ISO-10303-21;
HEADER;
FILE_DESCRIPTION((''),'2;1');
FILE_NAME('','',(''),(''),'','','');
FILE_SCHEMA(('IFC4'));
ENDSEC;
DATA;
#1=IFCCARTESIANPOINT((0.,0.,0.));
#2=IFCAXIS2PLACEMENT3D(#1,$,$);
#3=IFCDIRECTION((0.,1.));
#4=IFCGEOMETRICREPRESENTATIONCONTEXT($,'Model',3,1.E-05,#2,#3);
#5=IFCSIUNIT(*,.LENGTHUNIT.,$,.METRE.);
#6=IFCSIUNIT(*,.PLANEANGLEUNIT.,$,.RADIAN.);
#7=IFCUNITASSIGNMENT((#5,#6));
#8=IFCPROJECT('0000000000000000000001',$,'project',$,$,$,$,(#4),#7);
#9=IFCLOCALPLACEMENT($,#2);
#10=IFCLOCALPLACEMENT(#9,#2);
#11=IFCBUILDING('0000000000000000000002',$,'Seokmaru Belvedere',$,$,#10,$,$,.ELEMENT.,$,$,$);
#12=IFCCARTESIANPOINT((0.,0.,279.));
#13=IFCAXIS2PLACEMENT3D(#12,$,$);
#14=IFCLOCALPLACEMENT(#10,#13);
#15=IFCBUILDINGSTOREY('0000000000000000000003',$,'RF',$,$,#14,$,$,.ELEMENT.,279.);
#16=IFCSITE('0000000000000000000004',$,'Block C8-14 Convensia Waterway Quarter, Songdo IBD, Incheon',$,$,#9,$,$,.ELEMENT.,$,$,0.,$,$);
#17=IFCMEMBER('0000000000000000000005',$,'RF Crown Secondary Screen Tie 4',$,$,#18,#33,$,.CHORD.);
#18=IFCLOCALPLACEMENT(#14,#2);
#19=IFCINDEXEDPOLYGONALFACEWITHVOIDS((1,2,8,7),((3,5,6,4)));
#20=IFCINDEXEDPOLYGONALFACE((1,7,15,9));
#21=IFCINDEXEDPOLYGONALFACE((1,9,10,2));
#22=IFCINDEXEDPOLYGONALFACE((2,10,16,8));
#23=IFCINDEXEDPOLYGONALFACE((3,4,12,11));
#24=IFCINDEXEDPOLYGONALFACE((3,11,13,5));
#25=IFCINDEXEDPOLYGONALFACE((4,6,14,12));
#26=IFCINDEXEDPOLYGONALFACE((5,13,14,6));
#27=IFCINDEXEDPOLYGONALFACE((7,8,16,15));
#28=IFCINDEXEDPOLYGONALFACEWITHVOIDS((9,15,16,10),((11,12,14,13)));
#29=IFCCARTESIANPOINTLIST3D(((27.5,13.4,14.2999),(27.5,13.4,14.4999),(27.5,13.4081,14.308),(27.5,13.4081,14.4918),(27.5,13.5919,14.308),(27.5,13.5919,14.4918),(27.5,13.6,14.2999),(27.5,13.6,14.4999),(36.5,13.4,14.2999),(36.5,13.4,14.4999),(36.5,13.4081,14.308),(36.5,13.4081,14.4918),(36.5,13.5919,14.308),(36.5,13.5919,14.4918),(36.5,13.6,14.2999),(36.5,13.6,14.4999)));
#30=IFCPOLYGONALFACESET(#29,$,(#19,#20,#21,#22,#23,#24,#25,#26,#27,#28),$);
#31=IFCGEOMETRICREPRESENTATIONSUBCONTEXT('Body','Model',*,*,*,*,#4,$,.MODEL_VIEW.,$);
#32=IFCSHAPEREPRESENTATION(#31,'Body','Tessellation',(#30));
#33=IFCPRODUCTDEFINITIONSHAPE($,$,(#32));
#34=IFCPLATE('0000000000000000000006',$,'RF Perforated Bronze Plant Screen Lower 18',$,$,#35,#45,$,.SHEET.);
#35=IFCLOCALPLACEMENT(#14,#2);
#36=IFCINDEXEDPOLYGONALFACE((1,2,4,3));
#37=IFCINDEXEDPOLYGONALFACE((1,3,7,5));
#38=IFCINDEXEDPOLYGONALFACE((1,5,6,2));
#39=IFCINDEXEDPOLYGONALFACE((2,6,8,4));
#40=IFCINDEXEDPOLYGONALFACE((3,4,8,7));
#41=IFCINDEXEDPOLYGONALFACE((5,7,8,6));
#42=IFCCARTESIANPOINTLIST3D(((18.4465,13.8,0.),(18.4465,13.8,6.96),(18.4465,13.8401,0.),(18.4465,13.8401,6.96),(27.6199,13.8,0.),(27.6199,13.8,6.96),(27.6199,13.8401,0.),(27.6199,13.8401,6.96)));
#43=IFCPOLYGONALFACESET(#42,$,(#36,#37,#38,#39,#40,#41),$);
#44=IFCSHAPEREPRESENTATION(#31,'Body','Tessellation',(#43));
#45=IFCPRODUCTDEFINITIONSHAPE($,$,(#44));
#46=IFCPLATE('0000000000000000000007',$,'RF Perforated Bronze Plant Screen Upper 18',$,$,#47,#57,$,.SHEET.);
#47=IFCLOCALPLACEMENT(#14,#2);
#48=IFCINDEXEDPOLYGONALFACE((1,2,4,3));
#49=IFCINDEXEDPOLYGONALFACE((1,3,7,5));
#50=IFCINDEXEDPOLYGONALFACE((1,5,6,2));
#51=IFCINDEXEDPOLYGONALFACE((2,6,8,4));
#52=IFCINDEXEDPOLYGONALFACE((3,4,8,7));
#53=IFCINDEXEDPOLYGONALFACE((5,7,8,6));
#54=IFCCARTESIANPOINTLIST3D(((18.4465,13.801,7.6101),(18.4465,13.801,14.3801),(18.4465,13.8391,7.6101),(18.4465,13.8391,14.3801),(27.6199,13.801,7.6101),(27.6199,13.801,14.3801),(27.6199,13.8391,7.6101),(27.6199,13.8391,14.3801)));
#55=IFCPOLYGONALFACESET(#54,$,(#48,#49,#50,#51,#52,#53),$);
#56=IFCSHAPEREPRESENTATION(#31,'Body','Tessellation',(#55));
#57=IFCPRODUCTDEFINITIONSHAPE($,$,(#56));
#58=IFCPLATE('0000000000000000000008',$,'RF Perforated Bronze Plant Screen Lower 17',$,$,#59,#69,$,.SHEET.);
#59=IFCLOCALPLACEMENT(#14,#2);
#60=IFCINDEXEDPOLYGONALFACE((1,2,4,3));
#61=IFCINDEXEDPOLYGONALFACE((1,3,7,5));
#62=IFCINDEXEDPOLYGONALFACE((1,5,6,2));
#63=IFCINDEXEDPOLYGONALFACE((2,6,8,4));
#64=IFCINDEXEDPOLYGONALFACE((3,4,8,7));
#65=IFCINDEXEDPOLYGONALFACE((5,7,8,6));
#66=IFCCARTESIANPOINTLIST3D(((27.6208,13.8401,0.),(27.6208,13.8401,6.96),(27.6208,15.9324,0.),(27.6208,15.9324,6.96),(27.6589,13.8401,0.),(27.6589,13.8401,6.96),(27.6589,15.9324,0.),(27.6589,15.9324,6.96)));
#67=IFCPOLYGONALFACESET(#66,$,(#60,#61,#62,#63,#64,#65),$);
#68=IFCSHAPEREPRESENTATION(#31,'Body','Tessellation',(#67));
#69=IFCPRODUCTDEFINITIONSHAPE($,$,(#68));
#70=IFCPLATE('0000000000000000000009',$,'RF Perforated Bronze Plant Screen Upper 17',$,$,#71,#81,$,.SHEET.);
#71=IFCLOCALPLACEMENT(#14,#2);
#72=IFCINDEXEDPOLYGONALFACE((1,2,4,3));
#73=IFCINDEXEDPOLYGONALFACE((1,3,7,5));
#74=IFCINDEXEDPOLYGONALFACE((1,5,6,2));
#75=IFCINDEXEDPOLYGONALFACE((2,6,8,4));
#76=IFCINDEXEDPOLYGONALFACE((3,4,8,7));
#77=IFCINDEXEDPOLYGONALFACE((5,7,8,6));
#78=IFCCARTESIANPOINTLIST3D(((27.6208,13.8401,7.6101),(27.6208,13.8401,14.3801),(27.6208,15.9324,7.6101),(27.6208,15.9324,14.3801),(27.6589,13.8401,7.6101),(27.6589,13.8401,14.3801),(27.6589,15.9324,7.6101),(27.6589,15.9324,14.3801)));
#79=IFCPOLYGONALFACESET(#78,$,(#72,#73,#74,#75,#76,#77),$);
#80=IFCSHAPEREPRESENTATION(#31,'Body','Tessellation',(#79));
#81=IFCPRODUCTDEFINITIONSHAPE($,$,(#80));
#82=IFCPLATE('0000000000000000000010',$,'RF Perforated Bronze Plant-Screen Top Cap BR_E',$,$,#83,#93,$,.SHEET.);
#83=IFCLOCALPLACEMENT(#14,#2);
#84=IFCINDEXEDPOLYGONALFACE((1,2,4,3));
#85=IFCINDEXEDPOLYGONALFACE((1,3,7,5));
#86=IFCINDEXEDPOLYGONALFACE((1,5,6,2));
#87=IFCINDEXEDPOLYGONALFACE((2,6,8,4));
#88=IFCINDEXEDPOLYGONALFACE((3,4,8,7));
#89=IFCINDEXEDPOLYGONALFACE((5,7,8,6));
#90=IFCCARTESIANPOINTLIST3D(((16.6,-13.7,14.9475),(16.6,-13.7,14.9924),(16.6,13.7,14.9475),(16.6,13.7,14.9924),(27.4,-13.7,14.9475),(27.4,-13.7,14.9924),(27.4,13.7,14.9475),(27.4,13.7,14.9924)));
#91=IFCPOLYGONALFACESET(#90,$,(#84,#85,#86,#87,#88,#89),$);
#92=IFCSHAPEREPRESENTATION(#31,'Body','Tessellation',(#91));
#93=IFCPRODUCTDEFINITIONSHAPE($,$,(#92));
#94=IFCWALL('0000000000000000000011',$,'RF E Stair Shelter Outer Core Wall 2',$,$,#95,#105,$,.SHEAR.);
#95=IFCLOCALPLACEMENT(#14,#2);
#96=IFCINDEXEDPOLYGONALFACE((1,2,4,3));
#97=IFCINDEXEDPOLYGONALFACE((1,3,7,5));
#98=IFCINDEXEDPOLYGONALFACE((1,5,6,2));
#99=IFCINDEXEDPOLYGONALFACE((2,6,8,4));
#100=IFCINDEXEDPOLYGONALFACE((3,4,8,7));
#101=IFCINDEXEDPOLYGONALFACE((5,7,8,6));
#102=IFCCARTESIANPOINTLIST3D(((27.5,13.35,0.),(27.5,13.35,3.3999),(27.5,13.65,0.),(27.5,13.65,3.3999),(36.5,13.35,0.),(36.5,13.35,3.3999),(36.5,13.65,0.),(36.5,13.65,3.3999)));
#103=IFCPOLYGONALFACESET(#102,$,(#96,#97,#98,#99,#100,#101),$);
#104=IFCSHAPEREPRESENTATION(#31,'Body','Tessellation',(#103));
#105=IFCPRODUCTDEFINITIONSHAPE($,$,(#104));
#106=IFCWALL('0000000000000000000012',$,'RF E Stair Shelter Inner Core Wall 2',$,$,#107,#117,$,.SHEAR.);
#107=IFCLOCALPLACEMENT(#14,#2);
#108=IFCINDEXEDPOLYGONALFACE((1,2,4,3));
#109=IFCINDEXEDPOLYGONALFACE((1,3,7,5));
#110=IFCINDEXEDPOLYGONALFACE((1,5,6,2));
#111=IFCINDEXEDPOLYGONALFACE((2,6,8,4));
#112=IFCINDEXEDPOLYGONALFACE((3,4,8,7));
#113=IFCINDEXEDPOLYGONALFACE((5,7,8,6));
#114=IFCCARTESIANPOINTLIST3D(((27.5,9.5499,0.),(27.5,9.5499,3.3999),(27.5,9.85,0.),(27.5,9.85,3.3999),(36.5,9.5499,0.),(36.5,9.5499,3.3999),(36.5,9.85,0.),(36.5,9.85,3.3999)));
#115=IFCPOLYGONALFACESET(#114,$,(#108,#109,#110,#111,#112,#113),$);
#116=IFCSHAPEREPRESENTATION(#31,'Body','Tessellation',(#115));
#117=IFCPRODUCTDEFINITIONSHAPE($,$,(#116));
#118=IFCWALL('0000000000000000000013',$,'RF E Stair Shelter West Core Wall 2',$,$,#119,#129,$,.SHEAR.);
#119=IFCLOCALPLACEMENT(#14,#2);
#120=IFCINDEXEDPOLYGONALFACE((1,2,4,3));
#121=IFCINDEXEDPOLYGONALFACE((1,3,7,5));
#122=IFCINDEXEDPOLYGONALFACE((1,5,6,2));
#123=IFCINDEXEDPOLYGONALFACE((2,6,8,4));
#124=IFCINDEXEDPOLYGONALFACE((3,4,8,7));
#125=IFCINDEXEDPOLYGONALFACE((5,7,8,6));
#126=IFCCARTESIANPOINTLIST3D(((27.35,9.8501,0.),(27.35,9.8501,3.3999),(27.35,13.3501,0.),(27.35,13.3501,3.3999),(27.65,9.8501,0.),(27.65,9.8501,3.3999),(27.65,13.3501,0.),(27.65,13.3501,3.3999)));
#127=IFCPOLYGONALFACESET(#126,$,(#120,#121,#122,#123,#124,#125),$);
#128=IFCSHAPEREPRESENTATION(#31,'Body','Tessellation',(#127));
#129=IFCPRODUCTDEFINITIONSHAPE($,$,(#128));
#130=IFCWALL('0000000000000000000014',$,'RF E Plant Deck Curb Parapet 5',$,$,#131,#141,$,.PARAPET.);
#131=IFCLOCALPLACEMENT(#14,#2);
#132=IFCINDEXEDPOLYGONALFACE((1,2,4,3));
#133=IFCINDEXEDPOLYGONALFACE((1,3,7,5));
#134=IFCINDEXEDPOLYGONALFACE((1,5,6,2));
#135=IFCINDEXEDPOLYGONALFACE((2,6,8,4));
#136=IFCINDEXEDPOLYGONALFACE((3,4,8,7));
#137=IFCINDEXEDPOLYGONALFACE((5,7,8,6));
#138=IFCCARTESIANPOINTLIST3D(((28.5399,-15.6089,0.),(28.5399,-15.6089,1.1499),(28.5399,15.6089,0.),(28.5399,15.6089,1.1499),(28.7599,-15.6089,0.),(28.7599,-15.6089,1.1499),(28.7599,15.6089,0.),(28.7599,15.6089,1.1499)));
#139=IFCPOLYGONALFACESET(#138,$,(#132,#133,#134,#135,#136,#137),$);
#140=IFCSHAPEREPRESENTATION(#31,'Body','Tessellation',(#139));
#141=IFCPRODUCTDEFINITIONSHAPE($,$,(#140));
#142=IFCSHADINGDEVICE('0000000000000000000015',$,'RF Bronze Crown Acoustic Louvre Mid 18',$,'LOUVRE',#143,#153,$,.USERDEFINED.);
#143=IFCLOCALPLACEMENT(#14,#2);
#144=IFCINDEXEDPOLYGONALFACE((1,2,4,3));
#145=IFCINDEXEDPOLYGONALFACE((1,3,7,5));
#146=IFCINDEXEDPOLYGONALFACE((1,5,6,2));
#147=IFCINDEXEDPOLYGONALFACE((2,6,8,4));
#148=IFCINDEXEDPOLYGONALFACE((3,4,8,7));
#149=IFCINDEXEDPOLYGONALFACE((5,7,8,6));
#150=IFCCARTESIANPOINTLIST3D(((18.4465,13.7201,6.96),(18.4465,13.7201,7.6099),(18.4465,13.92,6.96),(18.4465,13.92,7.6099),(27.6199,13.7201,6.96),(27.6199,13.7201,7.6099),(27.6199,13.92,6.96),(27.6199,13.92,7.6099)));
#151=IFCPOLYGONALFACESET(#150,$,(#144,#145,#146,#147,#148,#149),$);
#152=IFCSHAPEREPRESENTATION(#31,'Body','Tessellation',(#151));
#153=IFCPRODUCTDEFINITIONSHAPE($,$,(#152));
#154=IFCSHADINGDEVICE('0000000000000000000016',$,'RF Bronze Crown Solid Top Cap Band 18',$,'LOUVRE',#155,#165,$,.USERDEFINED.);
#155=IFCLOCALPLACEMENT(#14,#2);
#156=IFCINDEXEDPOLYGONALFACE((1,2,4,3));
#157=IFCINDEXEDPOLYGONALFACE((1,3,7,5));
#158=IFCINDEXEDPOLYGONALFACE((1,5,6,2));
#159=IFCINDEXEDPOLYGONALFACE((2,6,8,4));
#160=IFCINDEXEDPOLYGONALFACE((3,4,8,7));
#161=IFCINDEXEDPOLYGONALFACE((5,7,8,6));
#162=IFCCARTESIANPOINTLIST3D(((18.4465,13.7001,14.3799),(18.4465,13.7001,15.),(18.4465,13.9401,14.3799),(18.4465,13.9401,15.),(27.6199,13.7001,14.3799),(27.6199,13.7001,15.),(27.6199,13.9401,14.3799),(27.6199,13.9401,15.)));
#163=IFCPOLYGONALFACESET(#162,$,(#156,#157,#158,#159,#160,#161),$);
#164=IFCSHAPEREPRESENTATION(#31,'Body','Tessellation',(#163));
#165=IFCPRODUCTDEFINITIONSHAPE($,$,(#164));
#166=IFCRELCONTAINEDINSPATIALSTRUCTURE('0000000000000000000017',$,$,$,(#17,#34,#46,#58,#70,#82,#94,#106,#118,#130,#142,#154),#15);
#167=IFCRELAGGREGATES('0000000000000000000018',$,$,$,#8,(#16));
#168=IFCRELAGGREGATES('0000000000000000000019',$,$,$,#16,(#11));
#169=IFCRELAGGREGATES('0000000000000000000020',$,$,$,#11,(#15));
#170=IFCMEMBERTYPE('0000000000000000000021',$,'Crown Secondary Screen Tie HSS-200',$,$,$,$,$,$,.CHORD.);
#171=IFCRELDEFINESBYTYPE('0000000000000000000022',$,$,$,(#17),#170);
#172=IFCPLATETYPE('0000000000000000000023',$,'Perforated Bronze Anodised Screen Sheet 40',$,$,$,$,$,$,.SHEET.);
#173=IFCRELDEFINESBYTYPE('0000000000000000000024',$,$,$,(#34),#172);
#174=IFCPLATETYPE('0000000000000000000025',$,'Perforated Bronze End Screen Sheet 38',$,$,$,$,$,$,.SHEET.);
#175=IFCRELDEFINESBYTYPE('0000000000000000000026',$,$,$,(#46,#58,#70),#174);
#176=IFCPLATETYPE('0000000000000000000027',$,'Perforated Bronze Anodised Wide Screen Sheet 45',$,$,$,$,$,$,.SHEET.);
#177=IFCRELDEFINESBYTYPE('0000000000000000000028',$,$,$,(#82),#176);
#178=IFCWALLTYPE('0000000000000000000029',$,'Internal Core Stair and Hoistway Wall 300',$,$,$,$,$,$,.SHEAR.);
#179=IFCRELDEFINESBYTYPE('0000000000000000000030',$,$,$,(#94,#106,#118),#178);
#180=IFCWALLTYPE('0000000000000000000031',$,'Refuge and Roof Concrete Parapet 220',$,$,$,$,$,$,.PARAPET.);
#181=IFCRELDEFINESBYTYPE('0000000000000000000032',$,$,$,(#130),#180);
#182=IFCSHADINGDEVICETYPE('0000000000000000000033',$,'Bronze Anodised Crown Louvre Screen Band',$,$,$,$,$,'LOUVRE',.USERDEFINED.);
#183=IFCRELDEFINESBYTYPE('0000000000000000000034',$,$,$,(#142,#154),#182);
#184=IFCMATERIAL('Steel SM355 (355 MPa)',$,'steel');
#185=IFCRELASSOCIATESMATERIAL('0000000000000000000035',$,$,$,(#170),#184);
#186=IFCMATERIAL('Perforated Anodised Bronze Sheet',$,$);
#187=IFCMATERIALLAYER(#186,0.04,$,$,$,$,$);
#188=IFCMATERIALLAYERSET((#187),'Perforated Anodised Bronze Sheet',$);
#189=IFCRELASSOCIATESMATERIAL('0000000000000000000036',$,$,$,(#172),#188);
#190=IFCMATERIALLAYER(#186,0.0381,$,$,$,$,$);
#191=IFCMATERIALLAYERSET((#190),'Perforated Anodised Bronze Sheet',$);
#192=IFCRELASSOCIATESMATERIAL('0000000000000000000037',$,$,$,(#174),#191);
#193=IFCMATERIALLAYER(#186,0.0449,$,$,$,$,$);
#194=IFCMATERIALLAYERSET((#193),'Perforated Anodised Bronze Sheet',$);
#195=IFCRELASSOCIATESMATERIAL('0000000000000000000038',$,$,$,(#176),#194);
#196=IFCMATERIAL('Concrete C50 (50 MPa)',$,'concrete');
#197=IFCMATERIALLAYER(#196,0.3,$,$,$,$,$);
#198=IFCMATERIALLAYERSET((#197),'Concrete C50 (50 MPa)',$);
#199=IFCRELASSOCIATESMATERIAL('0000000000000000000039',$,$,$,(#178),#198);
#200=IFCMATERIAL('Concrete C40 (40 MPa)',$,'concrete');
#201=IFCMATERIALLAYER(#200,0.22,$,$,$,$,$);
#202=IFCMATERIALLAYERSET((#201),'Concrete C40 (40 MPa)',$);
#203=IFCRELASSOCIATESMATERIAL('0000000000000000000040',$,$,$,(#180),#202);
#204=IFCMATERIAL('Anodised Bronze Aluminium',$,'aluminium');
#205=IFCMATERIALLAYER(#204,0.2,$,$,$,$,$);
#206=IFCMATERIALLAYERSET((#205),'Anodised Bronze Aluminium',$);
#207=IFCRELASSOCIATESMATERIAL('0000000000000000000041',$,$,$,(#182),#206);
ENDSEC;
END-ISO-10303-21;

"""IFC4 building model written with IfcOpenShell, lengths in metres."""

from ifc_helpers import new_model, si_unit, direction, frame, frame_2d, origin, origin_2d, place, context, subcontext, project, spatial, rectangle, hollow_rectangle, extrude, source, transform, mapped, material, layer, layer_set, material_profile, profile_set, type_object, type_shapes, element, save


model = new_model("IFC4")

# Units and contexts
model_context = context("Model", 3, precision=1e-05, world=origin(), true_north=direction((0.0, 1.0)))
body_context = subcontext(model_context, "Body", "Model", "MODEL_VIEW")
ifc_project = project(units=[si_unit("LENGTHUNIT", "METRE"), si_unit("PLANEANGLEUNIT", "RADIAN")], contexts=[model_context])

# Site, building, storey
site_placement = place(None, origin())
site = spatial("IfcSite", under=ifc_project, at=site_placement, Name="Block C8-14 Convensia Waterway Quarter, Songdo IBD, Incheon", CompositionType="ELEMENT", RefElevation=0.0)
building_placement = place(site_placement, origin())
building = spatial("IfcBuilding", under=site, at=building_placement, Name="Seokmaru Belvedere", CompositionType="ELEMENT")
storey_placement = place(building_placement, frame((0.0, 0.0, 279.0)))
storey = spatial("IfcBuildingStorey", under=building, at=storey_placement, Name="RF", CompositionType="ELEMENT", Elevation=279.0)

# Shared definitions
ifc_material_1 = material(Name="Steel SM355 (355 MPa)", Category="steel")

# Member
ifc_material_profile_1 = material_profile(ifc_material_1, hollow_rectangle(XDim=0.2, YDim=0.2, WallThickness=0.0081, at=origin_2d()), Name="HSS-200x200x8")
ifc_profile_set_1 = profile_set([ifc_material_profile_1], Name="Steel SM355 (355 MPa)")
member_type_1 = type_object("IfcMemberType", Name="Crown Secondary Screen Tie HSS-200", PredefinedType="CHORD", material=ifc_profile_set_1)
shared_shape_1 = source(origin(), body_context, "Body", "SweptSolid", [
    extrude(hollow_rectangle(XDim=0.2, YDim=0.2, WallThickness=0.0081, at=origin_2d()), origin(), (0.0, 0.0, 1.0), 9.0),
])
type_shapes(member_type_1, [shared_shape_1])
member_1_placement = place(storey_placement, frame((27.5, 13.5, 14.3999), z_axis=(1.0, 0.0, 0.0), x_axis=(0.0, 1.0, 0.0)))
element("IfcMember", 1, at=member_1_placement, inside=storey, type_object=member_type_1, Name="RF Crown Secondary Screen Tie 4", PredefinedType="CHORD", context=body_context, shape_type="MappedRepresentation", body=[
    mapped(shared_shape_1, transform((0.0, 0.0, 0.0), scale=1.0)),
])

# Plates
ifc_material_2 = material(Name="Perforated Anodised Bronze Sheet")
ifc_layer_1 = layer(ifc_material_2, 0.04)
ifc_layer_set_1 = layer_set([ifc_layer_1], Name="Perforated Anodised Bronze Sheet")
plate_type_1 = type_object("IfcPlateType", Name="Perforated Bronze Anodised Screen Sheet 40", PredefinedType="SHEET", material=ifc_layer_set_1)
shared_shape_2 = source(origin(), body_context, "Body", "SweptSolid", [
    extrude(rectangle(XDim=9.1733, YDim=0.04, at=origin_2d()), origin(), (0.0, 0.0, 1.0), 6.96),
])
type_shapes(plate_type_1, [shared_shape_2])
plate_1_placement = place(storey_placement, frame((23.0332, 13.8201, 0.0), z_axis=(0.0, 0.0, 1.0), x_axis=(-1.0, 0.0, 0.0)))
element("IfcPlate", 2, at=plate_1_placement, inside=storey, type_object=plate_type_1, Name="RF Perforated Bronze Plant Screen Lower 18", PredefinedType="SHEET", context=body_context, shape_type="MappedRepresentation", body=[
    mapped(shared_shape_2, transform((0.0, 0.0, 0.0), scale=1.0)),
])
ifc_layer_2 = layer(ifc_material_2, 0.0381)
ifc_layer_set_2 = layer_set([ifc_layer_2], Name="Perforated Anodised Bronze Sheet")
plate_type_2 = type_object("IfcPlateType", Name="Perforated Bronze End Screen Sheet 38", PredefinedType="SHEET", material=ifc_layer_set_2)
shared_shape_3 = source(origin(), body_context, "Body", "SweptSolid", [
    extrude(rectangle(XDim=9.1733, YDim=0.0381, at=origin_2d()), origin(), (0.0, 0.0, 1.0), 6.77),
])
plate_2_placement = place(storey_placement, frame((23.0332, 13.8201, 7.6101), z_axis=(0.0, 0.0, 1.0), x_axis=(-1.0, 0.0, 0.0)))
element("IfcPlate", 3, at=plate_2_placement, inside=storey, type_object=plate_type_2, Name="RF Perforated Bronze Plant Screen Upper 18", PredefinedType="SHEET", context=body_context, shape_type="MappedRepresentation", body=[
    mapped(shared_shape_3, transform((0.0, 0.0, 0.0), scale=1.0)),
])
shared_shape_4 = source(origin(), body_context, "Body", "SweptSolid", [
    extrude(rectangle(XDim=2.0923, YDim=0.0381, at=origin_2d()), origin(), (0.0, 0.0, 1.0), 6.96),
])
plate_3_placement = place(storey_placement, frame((27.6399, 14.8862, 0.0), z_axis=(0.0, 0.0, 1.0), x_axis=(0.0, -1.0, 0.0)))
element("IfcPlate", 4, at=plate_3_placement, inside=storey, type_object=plate_type_2, Name="RF Perforated Bronze Plant Screen Lower 17", PredefinedType="SHEET", context=body_context, shape_type="MappedRepresentation", body=[
    mapped(shared_shape_4, transform((0.0, 0.0, 0.0), scale=1.0)),
])
shared_shape_5 = source(origin(), body_context, "Body", "SweptSolid", [
    extrude(rectangle(XDim=2.0923, YDim=0.0381, at=origin_2d()), origin(), (0.0, 0.0, 1.0), 6.77),
])
type_shapes(plate_type_2, [shared_shape_3, shared_shape_4, shared_shape_5])
plate_4_placement = place(storey_placement, frame((27.6399, 14.8862, 7.6101), z_axis=(0.0, 0.0, 1.0), x_axis=(0.0, -1.0, 0.0)))
element("IfcPlate", 5, at=plate_4_placement, inside=storey, type_object=plate_type_2, Name="RF Perforated Bronze Plant Screen Upper 17", PredefinedType="SHEET", context=body_context, shape_type="MappedRepresentation", body=[
    mapped(shared_shape_5, transform((0.0, 0.0, 0.0), scale=1.0)),
])
ifc_layer_3 = layer(ifc_material_2, 0.0449)
ifc_layer_set_3 = layer_set([ifc_layer_3], Name="Perforated Anodised Bronze Sheet")
plate_type_3 = type_object("IfcPlateType", Name="Perforated Bronze Anodised Wide Screen Sheet 45", PredefinedType="SHEET", material=ifc_layer_set_3)
shared_shape_6 = source(origin(), body_context, "Body", "SweptSolid", [
    extrude(rectangle(XDim=10.8, YDim=27.3999, at=origin_2d()), origin(), (0.0, 0.0, 1.0), 0.0449),
])
type_shapes(plate_type_3, [shared_shape_6])
plate_5_placement = place(storey_placement, frame((22.0, 0.0, 14.9475), z_axis=(0.0, 0.0, 1.0), x_axis=(1.0, 0.0, 0.0)))
element("IfcPlate", 6, at=plate_5_placement, inside=storey, type_object=plate_type_3, Name="RF Perforated Bronze Plant-Screen Top Cap BR_E", PredefinedType="SHEET", context=body_context, shape_type="MappedRepresentation", body=[
    mapped(shared_shape_6, transform((0.0, 0.0, 0.0), scale=1.0)),
])

# Walls
ifc_material_3 = material(Name="Concrete C50 (50 MPa)", Category="concrete")
ifc_layer_4 = layer(ifc_material_3, 0.3)
ifc_layer_set_4 = layer_set([ifc_layer_4], Name="Concrete C50 (50 MPa)")
wall_type_1 = type_object("IfcWallType", Name="Internal Core Stair and Hoistway Wall 300", PredefinedType="SHEAR", material=ifc_layer_set_4)
for number, where, z_axis, x_axis, name in (
    (7, (27.5, 13.5, 0.0), (0.0, 0.0, 1.0), (1.0, 0.0, 0.0), "RF E Stair Shelter Outer Core Wall 2"),
    (8, (27.5, 9.7, 0.0), (0.0, 0.0, 1.0), (1.0, 0.0, 0.0), "RF E Stair Shelter Inner Core Wall 2"),
):
    element("IfcWall", number, at=place(storey_placement, frame(where, z_axis=z_axis, x_axis=x_axis)), inside=storey, type_object=wall_type_1, Name=name, PredefinedType="SHEAR", context=body_context, shape_type="SweptSolid", body=[
        extrude(rectangle(XDim=9.0, YDim=0.3, at=frame_2d((4.5, 0.0))), origin(), (0.0, 0.0, 1.0), 3.3999),
    ])
wall_1_placement = place(storey_placement, frame((27.5, 9.8501, 0.0), z_axis=(0.0, 0.0, 1.0), x_axis=(0.0, 1.0, 0.0)))
element("IfcWall", 9, at=wall_1_placement, inside=storey, type_object=wall_type_1, Name="RF E Stair Shelter West Core Wall 2", PredefinedType="SHEAR", context=body_context, shape_type="SweptSolid", body=[
    extrude(rectangle(XDim=3.5, YDim=0.3, at=frame_2d((1.75, 0.0))), origin(), (0.0, 0.0, 1.0), 3.3999),
])
ifc_material_4 = material(Name="Concrete C40 (40 MPa)", Category="concrete")
ifc_layer_5 = layer(ifc_material_4, 0.22)
ifc_layer_set_5 = layer_set([ifc_layer_5], Name="Concrete C40 (40 MPa)")
wall_type_2 = type_object("IfcWallType", Name="Refuge and Roof Concrete Parapet 220", PredefinedType="PARAPET", material=ifc_layer_set_5)
wall_2_placement = place(storey_placement, frame((28.6499, 15.6089, 0.0), z_axis=(0.0, 0.0, 1.0), x_axis=(0.0, -1.0, 0.0)))
element("IfcWall", 10, at=wall_2_placement, inside=storey, type_object=wall_type_2, Name="RF E Plant Deck Curb Parapet 5", PredefinedType="PARAPET", context=body_context, shape_type="SweptSolid", body=[
    extrude(rectangle(XDim=31.2178, YDim=0.22, at=frame_2d((15.6089, 0.0))), origin(), (0.0, 0.0, 1.0), 1.1499),
])

# Shading devices
ifc_material_5 = material(Name="Anodised Bronze Aluminium", Category="aluminium")
ifc_layer_6 = layer(ifc_material_5, 0.2)
ifc_layer_set_6 = layer_set([ifc_layer_6], Name="Anodised Bronze Aluminium")
shading_device_type = type_object("IfcShadingDeviceType", Name="Bronze Anodised Crown Louvre Screen Band", ElementType="LOUVRE", PredefinedType="USERDEFINED", material=ifc_layer_set_6)
shared_shape_7 = source(origin(), body_context, "Body", "SweptSolid", [
    extrude(rectangle(XDim=9.1733, YDim=0.2, at=origin_2d()), origin(), (0.0, 0.0, 1.0), 0.6499),
])
shading_device_1_placement = place(storey_placement, frame((23.0332, 13.8201, 6.96), z_axis=(0.0, 0.0, 1.0), x_axis=(-1.0, 0.0, 0.0)))
element("IfcShadingDevice", 11, at=shading_device_1_placement, inside=storey, type_object=shading_device_type, Name="RF Bronze Crown Acoustic Louvre Mid 18", ObjectType="LOUVRE", PredefinedType="USERDEFINED", context=body_context, shape_type="MappedRepresentation", body=[
    mapped(shared_shape_7, transform((0.0, 0.0, 0.0), scale=1.0)),
])
shared_shape_8 = source(origin(), body_context, "Body", "SweptSolid", [
    extrude(rectangle(XDim=9.1733, YDim=0.24, at=origin_2d()), origin(), (0.0, 0.0, 1.0), 0.6201),
])
shading_device_2_placement = place(storey_placement, frame((23.0332, 13.8201, 14.3799), z_axis=(0.0, 0.0, 1.0), x_axis=(-1.0, 0.0, 0.0)))
element("IfcShadingDevice", 12, at=shading_device_2_placement, inside=storey, type_object=shading_device_type, Name="RF Bronze Crown Solid Top Cap Band 18", ObjectType="LOUVRE", PredefinedType="USERDEFINED", context=body_context, shape_type="MappedRepresentation", body=[
    mapped(shared_shape_8, transform((0.0, 0.0, 0.0), scale=1.0)),
])

save(model, "model.ifc")
